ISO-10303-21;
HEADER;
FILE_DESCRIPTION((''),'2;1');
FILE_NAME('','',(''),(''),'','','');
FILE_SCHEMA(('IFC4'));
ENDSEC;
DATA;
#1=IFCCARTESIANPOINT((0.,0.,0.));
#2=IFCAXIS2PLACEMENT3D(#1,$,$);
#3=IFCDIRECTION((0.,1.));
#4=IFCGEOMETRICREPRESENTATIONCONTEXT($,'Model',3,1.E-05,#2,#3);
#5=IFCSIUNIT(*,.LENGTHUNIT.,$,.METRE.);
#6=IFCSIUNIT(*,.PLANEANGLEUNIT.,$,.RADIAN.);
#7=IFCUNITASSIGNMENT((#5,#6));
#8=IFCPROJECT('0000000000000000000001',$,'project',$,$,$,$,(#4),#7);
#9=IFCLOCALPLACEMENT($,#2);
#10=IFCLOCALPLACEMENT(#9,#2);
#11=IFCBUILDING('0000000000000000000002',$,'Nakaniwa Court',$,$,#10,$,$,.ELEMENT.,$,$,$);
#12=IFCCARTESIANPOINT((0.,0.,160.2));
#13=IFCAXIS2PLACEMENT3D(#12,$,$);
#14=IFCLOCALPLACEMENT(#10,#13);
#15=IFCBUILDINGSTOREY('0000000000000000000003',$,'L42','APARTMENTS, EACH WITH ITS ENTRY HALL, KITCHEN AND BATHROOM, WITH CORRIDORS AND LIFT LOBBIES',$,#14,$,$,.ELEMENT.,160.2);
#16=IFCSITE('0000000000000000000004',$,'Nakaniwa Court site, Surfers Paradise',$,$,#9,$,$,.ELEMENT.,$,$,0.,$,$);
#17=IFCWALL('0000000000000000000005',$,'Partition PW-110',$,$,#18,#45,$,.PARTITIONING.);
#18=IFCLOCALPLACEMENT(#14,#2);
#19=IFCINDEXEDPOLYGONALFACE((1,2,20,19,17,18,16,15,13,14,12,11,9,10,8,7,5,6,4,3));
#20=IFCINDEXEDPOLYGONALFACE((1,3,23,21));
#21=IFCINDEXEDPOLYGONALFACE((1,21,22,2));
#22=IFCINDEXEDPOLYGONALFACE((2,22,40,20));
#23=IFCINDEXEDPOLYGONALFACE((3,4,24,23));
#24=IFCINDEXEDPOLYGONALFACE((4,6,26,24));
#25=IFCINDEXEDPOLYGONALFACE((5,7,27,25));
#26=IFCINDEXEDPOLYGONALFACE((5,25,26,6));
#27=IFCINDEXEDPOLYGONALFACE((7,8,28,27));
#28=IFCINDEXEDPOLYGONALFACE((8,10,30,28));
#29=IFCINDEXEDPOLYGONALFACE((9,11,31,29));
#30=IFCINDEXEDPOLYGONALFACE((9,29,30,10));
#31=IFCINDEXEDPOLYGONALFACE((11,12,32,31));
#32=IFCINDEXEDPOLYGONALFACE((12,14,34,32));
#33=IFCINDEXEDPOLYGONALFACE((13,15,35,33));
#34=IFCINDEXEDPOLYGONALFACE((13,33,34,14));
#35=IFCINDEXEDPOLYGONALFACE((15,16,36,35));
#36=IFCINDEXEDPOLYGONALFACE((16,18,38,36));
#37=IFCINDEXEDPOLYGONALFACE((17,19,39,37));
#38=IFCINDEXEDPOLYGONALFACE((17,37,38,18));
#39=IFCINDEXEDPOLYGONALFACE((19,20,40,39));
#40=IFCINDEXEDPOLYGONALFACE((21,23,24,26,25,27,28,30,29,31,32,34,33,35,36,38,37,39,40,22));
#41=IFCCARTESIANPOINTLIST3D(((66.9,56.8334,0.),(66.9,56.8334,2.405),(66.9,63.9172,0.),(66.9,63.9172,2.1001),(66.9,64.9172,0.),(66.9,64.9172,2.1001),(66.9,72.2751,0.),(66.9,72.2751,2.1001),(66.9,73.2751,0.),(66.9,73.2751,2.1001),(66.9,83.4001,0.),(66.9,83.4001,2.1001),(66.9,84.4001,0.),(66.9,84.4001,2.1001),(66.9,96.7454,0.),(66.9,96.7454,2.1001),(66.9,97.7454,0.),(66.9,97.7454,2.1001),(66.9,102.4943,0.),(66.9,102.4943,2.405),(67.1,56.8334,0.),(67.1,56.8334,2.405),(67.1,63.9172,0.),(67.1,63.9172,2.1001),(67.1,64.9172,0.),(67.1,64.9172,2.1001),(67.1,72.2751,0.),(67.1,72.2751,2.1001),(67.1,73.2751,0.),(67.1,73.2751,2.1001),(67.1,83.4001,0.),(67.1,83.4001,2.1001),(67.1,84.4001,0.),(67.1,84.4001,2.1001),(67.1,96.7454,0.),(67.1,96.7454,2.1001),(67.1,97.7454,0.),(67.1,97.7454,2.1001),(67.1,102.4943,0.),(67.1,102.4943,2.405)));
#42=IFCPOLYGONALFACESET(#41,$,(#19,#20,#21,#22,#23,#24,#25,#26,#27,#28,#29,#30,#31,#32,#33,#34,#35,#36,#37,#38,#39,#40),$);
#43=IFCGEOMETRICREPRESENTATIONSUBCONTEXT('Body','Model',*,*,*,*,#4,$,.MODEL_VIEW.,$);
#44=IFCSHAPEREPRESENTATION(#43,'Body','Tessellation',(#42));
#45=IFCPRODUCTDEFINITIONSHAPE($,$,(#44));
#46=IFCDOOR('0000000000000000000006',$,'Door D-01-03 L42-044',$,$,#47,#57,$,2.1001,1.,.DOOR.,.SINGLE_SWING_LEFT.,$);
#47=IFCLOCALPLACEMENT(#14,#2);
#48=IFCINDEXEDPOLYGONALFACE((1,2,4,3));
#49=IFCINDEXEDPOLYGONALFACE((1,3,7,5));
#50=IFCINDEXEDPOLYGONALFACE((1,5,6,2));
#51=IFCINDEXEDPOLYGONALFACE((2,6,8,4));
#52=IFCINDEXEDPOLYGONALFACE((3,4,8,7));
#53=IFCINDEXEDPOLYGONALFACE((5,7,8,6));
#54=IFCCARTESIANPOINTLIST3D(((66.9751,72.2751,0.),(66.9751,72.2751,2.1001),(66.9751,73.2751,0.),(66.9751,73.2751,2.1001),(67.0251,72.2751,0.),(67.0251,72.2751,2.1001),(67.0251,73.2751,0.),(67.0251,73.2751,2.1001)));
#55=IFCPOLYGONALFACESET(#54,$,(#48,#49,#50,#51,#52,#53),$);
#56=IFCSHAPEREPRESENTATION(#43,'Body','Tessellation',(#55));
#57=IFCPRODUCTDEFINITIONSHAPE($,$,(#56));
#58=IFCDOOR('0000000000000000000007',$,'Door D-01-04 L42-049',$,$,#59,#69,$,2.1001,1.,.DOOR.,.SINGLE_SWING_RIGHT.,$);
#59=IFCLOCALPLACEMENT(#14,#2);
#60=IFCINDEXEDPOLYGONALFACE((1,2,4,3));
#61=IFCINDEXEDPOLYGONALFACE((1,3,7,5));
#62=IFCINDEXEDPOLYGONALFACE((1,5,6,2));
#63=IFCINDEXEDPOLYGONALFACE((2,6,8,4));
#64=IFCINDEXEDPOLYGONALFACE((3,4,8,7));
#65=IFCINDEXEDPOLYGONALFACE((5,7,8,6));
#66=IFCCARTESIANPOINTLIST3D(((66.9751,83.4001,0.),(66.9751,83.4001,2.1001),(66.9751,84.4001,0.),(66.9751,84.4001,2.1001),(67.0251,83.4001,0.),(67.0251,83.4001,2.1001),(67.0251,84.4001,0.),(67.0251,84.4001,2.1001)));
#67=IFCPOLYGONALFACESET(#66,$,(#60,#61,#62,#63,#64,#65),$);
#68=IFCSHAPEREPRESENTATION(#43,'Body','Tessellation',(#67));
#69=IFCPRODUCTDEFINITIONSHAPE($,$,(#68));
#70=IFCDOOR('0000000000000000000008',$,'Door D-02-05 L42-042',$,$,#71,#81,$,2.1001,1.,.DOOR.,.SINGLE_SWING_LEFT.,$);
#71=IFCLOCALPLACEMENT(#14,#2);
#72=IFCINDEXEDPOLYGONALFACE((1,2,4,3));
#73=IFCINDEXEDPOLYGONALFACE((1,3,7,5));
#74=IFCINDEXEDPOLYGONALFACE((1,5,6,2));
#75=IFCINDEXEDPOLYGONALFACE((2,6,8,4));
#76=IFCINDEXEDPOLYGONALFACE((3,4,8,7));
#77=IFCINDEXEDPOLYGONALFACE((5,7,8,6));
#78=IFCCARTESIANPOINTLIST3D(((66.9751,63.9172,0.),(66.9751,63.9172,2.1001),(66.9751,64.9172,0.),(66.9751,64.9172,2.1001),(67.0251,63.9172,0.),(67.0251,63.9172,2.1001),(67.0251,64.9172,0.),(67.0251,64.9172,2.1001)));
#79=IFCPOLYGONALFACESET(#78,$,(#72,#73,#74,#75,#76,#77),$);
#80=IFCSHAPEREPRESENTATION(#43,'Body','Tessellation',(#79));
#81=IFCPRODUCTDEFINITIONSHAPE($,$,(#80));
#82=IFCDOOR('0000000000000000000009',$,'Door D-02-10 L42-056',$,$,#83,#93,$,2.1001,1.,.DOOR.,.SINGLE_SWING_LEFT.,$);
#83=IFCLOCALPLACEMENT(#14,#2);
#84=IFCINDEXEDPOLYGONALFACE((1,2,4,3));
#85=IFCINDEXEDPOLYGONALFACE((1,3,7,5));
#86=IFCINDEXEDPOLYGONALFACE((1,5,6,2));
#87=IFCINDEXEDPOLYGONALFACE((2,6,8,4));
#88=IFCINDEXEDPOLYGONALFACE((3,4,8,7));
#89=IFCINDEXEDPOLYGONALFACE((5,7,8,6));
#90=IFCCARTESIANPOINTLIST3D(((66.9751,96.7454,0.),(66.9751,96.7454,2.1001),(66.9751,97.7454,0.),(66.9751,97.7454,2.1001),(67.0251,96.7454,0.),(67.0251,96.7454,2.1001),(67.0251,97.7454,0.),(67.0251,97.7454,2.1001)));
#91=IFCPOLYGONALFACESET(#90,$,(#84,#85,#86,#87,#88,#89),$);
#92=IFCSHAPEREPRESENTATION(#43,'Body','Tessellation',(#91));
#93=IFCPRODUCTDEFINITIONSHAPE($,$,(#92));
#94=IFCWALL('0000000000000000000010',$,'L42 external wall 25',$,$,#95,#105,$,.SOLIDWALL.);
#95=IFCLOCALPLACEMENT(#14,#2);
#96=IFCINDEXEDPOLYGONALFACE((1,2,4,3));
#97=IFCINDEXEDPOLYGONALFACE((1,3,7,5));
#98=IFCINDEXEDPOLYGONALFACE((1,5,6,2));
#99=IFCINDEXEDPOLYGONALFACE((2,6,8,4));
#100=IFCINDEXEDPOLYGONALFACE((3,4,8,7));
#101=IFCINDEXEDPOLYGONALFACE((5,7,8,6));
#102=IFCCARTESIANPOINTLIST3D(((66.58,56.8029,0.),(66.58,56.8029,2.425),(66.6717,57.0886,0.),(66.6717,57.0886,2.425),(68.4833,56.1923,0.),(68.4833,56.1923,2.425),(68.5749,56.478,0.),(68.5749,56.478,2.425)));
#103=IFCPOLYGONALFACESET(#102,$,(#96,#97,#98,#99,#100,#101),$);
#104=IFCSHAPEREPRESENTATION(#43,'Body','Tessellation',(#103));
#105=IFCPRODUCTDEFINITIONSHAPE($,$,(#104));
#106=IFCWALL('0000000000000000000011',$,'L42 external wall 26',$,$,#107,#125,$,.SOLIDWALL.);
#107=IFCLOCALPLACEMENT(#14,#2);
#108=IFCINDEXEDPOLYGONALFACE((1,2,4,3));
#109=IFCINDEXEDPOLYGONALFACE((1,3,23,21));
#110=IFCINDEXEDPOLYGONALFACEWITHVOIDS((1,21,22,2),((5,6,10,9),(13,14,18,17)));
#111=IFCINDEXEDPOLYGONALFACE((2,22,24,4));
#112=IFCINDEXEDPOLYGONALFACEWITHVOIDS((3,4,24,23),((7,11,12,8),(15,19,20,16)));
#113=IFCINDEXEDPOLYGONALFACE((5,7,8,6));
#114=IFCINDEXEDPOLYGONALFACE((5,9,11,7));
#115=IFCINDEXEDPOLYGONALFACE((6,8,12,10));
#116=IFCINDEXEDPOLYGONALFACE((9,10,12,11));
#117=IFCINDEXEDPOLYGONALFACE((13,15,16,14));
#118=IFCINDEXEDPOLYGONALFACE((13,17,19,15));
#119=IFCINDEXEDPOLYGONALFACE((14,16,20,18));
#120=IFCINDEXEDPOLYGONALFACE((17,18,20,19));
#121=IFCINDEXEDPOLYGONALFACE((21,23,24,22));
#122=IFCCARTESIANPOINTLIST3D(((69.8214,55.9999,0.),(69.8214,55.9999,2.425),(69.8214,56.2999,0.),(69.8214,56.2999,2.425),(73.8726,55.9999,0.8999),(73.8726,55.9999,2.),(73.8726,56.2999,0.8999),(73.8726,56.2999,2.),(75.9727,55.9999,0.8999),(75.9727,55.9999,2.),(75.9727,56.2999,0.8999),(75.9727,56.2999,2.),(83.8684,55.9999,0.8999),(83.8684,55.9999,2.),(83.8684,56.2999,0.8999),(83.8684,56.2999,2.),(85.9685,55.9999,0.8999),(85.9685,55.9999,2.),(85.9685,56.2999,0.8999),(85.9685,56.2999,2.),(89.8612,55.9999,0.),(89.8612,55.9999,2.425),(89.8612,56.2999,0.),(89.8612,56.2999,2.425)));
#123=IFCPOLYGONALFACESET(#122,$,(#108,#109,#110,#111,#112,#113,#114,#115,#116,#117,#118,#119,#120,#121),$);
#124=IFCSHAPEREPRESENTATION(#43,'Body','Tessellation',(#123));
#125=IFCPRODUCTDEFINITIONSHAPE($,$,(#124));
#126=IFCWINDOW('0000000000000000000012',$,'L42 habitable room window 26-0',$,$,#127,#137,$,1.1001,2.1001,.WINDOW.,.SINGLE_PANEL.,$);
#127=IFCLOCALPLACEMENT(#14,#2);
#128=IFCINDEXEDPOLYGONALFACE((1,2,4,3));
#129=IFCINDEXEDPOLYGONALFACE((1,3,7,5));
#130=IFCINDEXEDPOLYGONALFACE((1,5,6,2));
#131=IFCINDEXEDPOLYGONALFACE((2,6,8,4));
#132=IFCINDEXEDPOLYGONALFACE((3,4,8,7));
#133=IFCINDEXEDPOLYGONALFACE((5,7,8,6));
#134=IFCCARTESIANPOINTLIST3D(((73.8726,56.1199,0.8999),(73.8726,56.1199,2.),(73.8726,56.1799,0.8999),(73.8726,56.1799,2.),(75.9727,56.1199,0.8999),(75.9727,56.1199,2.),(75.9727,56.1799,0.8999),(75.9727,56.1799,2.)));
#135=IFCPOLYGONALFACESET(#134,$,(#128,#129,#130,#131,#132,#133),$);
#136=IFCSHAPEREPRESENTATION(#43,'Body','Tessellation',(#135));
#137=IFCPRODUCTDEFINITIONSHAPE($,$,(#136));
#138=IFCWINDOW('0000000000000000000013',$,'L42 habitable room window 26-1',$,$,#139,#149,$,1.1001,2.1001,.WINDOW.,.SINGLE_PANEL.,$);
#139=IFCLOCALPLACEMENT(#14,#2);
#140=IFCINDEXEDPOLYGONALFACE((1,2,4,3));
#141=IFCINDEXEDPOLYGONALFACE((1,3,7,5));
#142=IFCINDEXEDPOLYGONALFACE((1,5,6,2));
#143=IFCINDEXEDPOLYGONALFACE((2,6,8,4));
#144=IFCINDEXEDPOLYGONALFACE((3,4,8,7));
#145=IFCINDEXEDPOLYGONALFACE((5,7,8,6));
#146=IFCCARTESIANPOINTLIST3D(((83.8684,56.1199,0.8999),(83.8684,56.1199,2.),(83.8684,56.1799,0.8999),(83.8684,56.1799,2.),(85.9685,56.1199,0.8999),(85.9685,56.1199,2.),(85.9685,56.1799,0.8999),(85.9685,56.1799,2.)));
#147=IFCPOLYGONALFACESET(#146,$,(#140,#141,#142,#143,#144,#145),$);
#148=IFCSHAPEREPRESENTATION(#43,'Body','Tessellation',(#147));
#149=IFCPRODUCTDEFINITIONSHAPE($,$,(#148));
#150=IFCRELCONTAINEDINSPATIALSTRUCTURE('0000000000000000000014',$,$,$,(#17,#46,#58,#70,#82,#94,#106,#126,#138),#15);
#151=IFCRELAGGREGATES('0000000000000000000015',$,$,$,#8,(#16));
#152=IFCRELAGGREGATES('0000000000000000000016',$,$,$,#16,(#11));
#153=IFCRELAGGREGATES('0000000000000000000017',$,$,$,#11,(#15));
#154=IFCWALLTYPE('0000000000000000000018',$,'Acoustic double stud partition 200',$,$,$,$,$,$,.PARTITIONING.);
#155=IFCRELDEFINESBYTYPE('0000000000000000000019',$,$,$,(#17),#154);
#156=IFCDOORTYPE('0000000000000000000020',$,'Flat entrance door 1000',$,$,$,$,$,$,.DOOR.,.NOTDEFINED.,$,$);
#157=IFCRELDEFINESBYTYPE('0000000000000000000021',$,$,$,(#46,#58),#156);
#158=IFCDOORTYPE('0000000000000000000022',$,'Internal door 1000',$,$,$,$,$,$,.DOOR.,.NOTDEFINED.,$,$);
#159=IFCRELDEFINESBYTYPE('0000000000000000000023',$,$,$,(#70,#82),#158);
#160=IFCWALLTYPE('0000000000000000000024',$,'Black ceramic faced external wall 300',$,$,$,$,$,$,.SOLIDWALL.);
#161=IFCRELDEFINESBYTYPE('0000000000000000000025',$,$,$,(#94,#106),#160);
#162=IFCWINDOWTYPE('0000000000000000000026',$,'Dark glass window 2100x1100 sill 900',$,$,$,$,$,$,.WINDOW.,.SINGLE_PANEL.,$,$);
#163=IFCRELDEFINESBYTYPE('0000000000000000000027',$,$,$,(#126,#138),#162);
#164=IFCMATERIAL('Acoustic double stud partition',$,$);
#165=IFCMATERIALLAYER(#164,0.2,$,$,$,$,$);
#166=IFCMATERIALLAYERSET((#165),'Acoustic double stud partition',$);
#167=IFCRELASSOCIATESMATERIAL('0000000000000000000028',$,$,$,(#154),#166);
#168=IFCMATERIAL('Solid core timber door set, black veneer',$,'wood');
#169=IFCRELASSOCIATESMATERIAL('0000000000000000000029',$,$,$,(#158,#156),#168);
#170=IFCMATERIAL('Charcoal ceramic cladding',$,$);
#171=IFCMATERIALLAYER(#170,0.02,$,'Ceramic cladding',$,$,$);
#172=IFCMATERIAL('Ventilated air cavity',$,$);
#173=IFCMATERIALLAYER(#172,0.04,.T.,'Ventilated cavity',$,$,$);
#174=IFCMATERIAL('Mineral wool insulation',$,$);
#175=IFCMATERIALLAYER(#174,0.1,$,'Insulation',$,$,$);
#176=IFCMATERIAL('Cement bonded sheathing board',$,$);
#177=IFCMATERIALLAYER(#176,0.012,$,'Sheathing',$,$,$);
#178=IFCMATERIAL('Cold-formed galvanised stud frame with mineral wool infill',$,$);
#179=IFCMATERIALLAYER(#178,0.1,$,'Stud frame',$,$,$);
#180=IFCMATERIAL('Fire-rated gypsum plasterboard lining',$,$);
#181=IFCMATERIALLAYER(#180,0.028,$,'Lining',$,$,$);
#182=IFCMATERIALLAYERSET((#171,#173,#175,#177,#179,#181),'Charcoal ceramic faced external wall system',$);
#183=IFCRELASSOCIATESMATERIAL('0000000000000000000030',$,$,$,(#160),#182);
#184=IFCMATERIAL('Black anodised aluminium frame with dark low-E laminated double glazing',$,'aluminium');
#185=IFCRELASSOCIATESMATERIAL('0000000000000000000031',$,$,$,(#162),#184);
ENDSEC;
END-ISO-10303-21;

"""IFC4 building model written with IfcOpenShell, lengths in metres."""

from ifc_helpers import new_model, si_unit, direction, frame, frame_2d, origin, place, context, subcontext, project, spatial, rectangle, extrude, material, layer, layer_set, type_object, element, fill, save


model = new_model("IFC4")

# Units and contexts
model_context = context("Model", 3, precision=1e-05, world=origin(), true_north=direction((0.0, 1.0)))
body_context = subcontext(model_context, "Body", "Model", "MODEL_VIEW")
ifc_project = project(units=[si_unit("LENGTHUNIT", "METRE"), si_unit("PLANEANGLEUNIT", "RADIAN")], contexts=[model_context])

# Site, building, storey
site_placement = place(None, origin())
site = spatial("IfcSite", under=ifc_project, at=site_placement, Name="Nakaniwa Court site, Surfers Paradise", CompositionType="ELEMENT", RefElevation=0.0)
building_placement = place(site_placement, origin())
building = spatial("IfcBuilding", under=site, at=building_placement, Name="Nakaniwa Court", CompositionType="ELEMENT")
storey_placement = place(building_placement, frame((0.0, 0.0, 160.2)))
storey = spatial("IfcBuildingStorey", under=building, at=storey_placement, Name="L42", Description="APARTMENTS, EACH WITH ITS ENTRY HALL, KITCHEN AND BATHROOM, WITH CORRIDORS AND LIFT LOBBIES", CompositionType="ELEMENT", Elevation=160.2)

# Shared definitions
ifc_material_1 = material(Name="Acoustic double stud partition")
ifc_layer_1 = layer(ifc_material_1, 0.2)
ifc_layer_set_1 = layer_set([ifc_layer_1], Name="Acoustic double stud partition")
wall_type_1 = type_object("IfcWallType", Name="Acoustic double stud partition 200", PredefinedType="PARTITIONING", material=ifc_layer_set_1)

# Shared definitions
ifc_material_2 = material(Name="Solid core timber door set, black veneer", Category="wood")
door_type_1 = type_object("IfcDoorType", Name="Internal door 1000", OperationType="NOTDEFINED", PredefinedType="DOOR", material=ifc_material_2)

# Wall, openings, doors
wall_1_placement = place(storey_placement, frame((67.0, 56.8333, 0.0), z_axis=(0.0, 0.0, 1.0), x_axis=(0.0, 1.0, 0.0)))
wall_1 = element("IfcWall", 1, at=wall_1_placement, inside=storey, type_object=wall_type_1, Name="Partition PW-110", PredefinedType="PARTITIONING", context=body_context, shape_type="SweptSolid", body=[
    extrude(rectangle(XDim=45.6609, YDim=0.2, at=frame_2d((22.8306, 0.0))), origin(), (0.0, 0.0, 1.0), 2.405),
])
opening_1_placement = place(wall_1_placement, frame((7.084, 0.0, 0.0)))
opening_1 = element("IfcOpeningElement", 2, at=opening_1_placement, cuts=wall_1, PredefinedType="OPENING", context=body_context, shape_type="SweptSolid", body=[
    extrude(rectangle(XDim=1.0, YDim=2.1001, at=frame_2d((0.5, 1.05))), frame((0.0, 0.1099, 0.0), z_axis=(0.0, -1.0, 0.0), x_axis=(1.0, 0.0, 0.0)), (0.0, 0.0, 1.0), 0.22),
])
opening_2_placement = place(wall_1_placement, frame((15.4419, 0.0, 0.0)))
opening_2 = element("IfcOpeningElement", 3, at=opening_2_placement, cuts=wall_1, PredefinedType="OPENING", context=body_context, shape_type="SweptSolid", body=[
    extrude(rectangle(XDim=1.0, YDim=2.1001, at=frame_2d((0.5, 1.05))), frame((0.0, 0.1099, 0.0), z_axis=(0.0, -1.0, 0.0), x_axis=(1.0, 0.0, 0.0)), (0.0, 0.0, 1.0), 0.22),
])
opening_3_placement = place(wall_1_placement, frame((26.5669, 0.0, 0.0)))
opening_3 = element("IfcOpeningElement", 4, at=opening_3_placement, cuts=wall_1, PredefinedType="OPENING", context=body_context, shape_type="SweptSolid", body=[
    extrude(rectangle(XDim=1.0, YDim=2.1001, at=frame_2d((0.5, 1.05))), frame((0.0, 0.1099, 0.0), z_axis=(0.0, -1.0, 0.0), x_axis=(1.0, 0.0, 0.0)), (0.0, 0.0, 1.0), 0.22),
])
opening_4_placement = place(wall_1_placement, frame((39.9121, 0.0, 0.0)))
opening_4 = element("IfcOpeningElement", 5, at=opening_4_placement, cuts=wall_1, PredefinedType="OPENING", context=body_context, shape_type="SweptSolid", body=[
    extrude(rectangle(XDim=1.0, YDim=2.1001, at=frame_2d((0.5, 1.05))), frame((0.0, 0.1099, 0.0), z_axis=(0.0, -1.0, 0.0), x_axis=(1.0, 0.0, 0.0)), (0.0, 0.0, 1.0), 0.22),
])
door_type_2 = type_object("IfcDoorType", Name="Flat entrance door 1000", OperationType="NOTDEFINED", PredefinedType="DOOR", material=ifc_material_2)
door_1_placement = place(opening_2_placement, origin())
door_1 = element("IfcDoor", 6, at=door_1_placement, inside=storey, type_object=door_type_2, Name="Door D-01-03 L42-044", OperationType="SINGLE_SWING_LEFT", OverallHeight=2.1001, OverallWidth=1.0, PredefinedType="DOOR", context=body_context, shape_type="SweptSolid", body=[
    extrude(rectangle(XDim=1.0, YDim=2.1001, at=frame_2d((0.5, 1.05))), frame((0.0, 0.0249, 0.0), z_axis=(0.0, -1.0, 0.0), x_axis=(1.0, 0.0, 0.0)), (0.0, 0.0, 1.0), 0.05),
])
fill(opening_2, door_1)
door_2_placement = place(opening_3_placement, origin())
door_2 = element("IfcDoor", 7, at=door_2_placement, inside=storey, type_object=door_type_2, Name="Door D-01-04 L42-049", OperationType="SINGLE_SWING_RIGHT", OverallHeight=2.1001, OverallWidth=1.0, PredefinedType="DOOR", context=body_context, shape_type="SweptSolid", body=[
    extrude(rectangle(XDim=1.0, YDim=2.1001, at=frame_2d((0.5, 1.05))), frame((0.0, 0.0249, 0.0), z_axis=(0.0, -1.0, 0.0), x_axis=(1.0, 0.0, 0.0)), (0.0, 0.0, 1.0), 0.05),
])
fill(opening_3, door_2)
door_3_placement = place(opening_1_placement, origin())
door_3 = element("IfcDoor", 8, at=door_3_placement, inside=storey, type_object=door_type_1, Name="Door D-02-05 L42-042", OperationType="SINGLE_SWING_LEFT", OverallHeight=2.1001, OverallWidth=1.0, PredefinedType="DOOR", context=body_context, shape_type="SweptSolid", body=[
    extrude(rectangle(XDim=1.0, YDim=2.1001, at=frame_2d((0.5, 1.05))), frame((0.0, 0.0249, 0.0), z_axis=(0.0, -1.0, 0.0), x_axis=(1.0, 0.0, 0.0)), (0.0, 0.0, 1.0), 0.05),
])
fill(opening_1, door_3)
door_4_placement = place(opening_4_placement, origin())
door_4 = element("IfcDoor", 9, at=door_4_placement, inside=storey, type_object=door_type_1, Name="Door D-02-10 L42-056", OperationType="SINGLE_SWING_LEFT", OverallHeight=2.1001, OverallWidth=1.0, PredefinedType="DOOR", context=body_context, shape_type="SweptSolid", body=[
    extrude(rectangle(XDim=1.0, YDim=2.1001, at=frame_2d((0.5, 1.05))), frame((0.0, 0.0249, 0.0), z_axis=(0.0, -1.0, 0.0), x_axis=(1.0, 0.0, 0.0)), (0.0, 0.0, 1.0), 0.05),
])
fill(opening_4, door_4)

# Wall
ifc_material_3 = material(Name="Charcoal ceramic cladding")
ifc_layer_2 = layer(ifc_material_3, 0.02, Name="Ceramic cladding")
ifc_material_4 = material(Name="Ventilated air cavity")
ifc_layer_3 = layer(ifc_material_4, 0.04, ventilated=True, Name="Ventilated cavity")
ifc_material_5 = material(Name="Mineral wool insulation")
ifc_layer_4 = layer(ifc_material_5, 0.1, Name="Insulation")
ifc_material_6 = material(Name="Cement bonded sheathing board")
ifc_layer_5 = layer(ifc_material_6, 0.012, Name="Sheathing")
ifc_material_7 = material(Name="Cold-formed galvanised stud frame with mineral wool infill")
ifc_layer_6 = layer(ifc_material_7, 0.1, Name="Stud frame")
ifc_material_8 = material(Name="Fire-rated gypsum plasterboard lining")
ifc_layer_7 = layer(ifc_material_8, 0.028, Name="Lining")
ifc_layer_set_2 = layer_set([ifc_layer_2, ifc_layer_3, ifc_layer_4, ifc_layer_5, ifc_layer_6, ifc_layer_7], Name="Charcoal ceramic faced external wall system")
wall_type_2 = type_object("IfcWallType", Name="Black ceramic faced external wall 300", PredefinedType="SOLIDWALL", material=ifc_layer_set_2)
wall_2_placement = place(storey_placement, frame((66.6257, 56.9458, 0.0), z_axis=(0.0, 0.0, 1.0), x_axis=(0.952201, -0.305471, 0.0)))
element("IfcWall", 10, at=wall_2_placement, inside=storey, type_object=wall_type_2, Name="L42 external wall 25", PredefinedType="SOLIDWALL", context=body_context, shape_type="SweptSolid", body=[
    extrude(rectangle(XDim=1.9988, YDim=0.3, at=frame_2d((0.9995, 0.0))), origin(), (0.0, 0.0, 1.0), 2.425),
])

# Wall, openings, windows
wall_3_placement = place(storey_placement, frame((69.8213, 56.1499, 0.0), z_axis=(0.0, 0.0, 1.0), x_axis=(1.0, 0.0, 0.0)))
wall_3 = element("IfcWall", 11, at=wall_3_placement, inside=storey, type_object=wall_type_2, Name="L42 external wall 26", PredefinedType="SOLIDWALL", context=body_context, shape_type="SweptSolid", body=[
    extrude(rectangle(XDim=20.0398, YDim=0.3, at=frame_2d((10.02, 0.0))), origin(), (0.0, 0.0, 1.0), 2.425),
])
opening_5_placement = place(wall_3_placement, frame((4.0513, 0.0, 0.8999)))
opening_5 = element("IfcOpeningElement", 12, at=opening_5_placement, cuts=wall_3, PredefinedType="OPENING", context=body_context, shape_type="SweptSolid", body=[
    extrude(rectangle(XDim=2.1001, YDim=1.1001, at=frame_2d((1.05, 0.55))), frame((0.0, 0.1599, 0.0), z_axis=(0.0, -1.0, 0.0), x_axis=(1.0, 0.0, 0.0)), (0.0, 0.0, 1.0), 0.3201),
])
opening_6_placement = place(wall_3_placement, frame((14.0471, 0.0, 0.8999)))
opening_6 = element("IfcOpeningElement", 13, at=opening_6_placement, cuts=wall_3, PredefinedType="OPENING", context=body_context, shape_type="SweptSolid", body=[
    extrude(rectangle(XDim=2.1001, YDim=1.1001, at=frame_2d((1.05, 0.55))), frame((0.0, 0.1599, 0.0), z_axis=(0.0, -1.0, 0.0), x_axis=(1.0, 0.0, 0.0)), (0.0, 0.0, 1.0), 0.3201),
])
ifc_material_9 = material(Name="Black anodised aluminium frame with dark low-E laminated double glazing", Category="aluminium")
window_type = type_object("IfcWindowType", Name="Dark glass window 2100x1100 sill 900", PartitioningType="SINGLE_PANEL", PredefinedType="WINDOW", material=ifc_material_9)
window_1_placement = place(opening_5_placement, origin())
window_1 = element("IfcWindow", 14, at=window_1_placement, inside=storey, type_object=window_type, Name="L42 habitable room window 26-0", OverallHeight=1.1001, OverallWidth=2.1001, PartitioningType="SINGLE_PANEL", PredefinedType="WINDOW", context=body_context, shape_type="SweptSolid", body=[
    extrude(rectangle(XDim=2.1001, YDim=1.1001, at=frame_2d((1.05, 0.55))), frame((0.0, 0.03, 0.0), z_axis=(0.0, -1.0, 0.0), x_axis=(1.0, 0.0, 0.0)), (0.0, 0.0, 1.0), 0.0601),
])
fill(opening_5, window_1)
window_2_placement = place(opening_6_placement, origin())
window_2 = element("IfcWindow", 15, at=window_2_placement, inside=storey, type_object=window_type, Name="L42 habitable room window 26-1", OverallHeight=1.1001, OverallWidth=2.1001, PartitioningType="SINGLE_PANEL", PredefinedType="WINDOW", context=body_context, shape_type="SweptSolid", body=[
    extrude(rectangle(XDim=2.1001, YDim=1.1001, at=frame_2d((1.05, 0.55))), frame((0.0, 0.03, 0.0), z_axis=(0.0, -1.0, 0.0), x_axis=(1.0, 0.0, 0.0)), (0.0, 0.0, 1.0), 0.0601),
])
fill(opening_6, window_2)

save(model, "model.ifc")
